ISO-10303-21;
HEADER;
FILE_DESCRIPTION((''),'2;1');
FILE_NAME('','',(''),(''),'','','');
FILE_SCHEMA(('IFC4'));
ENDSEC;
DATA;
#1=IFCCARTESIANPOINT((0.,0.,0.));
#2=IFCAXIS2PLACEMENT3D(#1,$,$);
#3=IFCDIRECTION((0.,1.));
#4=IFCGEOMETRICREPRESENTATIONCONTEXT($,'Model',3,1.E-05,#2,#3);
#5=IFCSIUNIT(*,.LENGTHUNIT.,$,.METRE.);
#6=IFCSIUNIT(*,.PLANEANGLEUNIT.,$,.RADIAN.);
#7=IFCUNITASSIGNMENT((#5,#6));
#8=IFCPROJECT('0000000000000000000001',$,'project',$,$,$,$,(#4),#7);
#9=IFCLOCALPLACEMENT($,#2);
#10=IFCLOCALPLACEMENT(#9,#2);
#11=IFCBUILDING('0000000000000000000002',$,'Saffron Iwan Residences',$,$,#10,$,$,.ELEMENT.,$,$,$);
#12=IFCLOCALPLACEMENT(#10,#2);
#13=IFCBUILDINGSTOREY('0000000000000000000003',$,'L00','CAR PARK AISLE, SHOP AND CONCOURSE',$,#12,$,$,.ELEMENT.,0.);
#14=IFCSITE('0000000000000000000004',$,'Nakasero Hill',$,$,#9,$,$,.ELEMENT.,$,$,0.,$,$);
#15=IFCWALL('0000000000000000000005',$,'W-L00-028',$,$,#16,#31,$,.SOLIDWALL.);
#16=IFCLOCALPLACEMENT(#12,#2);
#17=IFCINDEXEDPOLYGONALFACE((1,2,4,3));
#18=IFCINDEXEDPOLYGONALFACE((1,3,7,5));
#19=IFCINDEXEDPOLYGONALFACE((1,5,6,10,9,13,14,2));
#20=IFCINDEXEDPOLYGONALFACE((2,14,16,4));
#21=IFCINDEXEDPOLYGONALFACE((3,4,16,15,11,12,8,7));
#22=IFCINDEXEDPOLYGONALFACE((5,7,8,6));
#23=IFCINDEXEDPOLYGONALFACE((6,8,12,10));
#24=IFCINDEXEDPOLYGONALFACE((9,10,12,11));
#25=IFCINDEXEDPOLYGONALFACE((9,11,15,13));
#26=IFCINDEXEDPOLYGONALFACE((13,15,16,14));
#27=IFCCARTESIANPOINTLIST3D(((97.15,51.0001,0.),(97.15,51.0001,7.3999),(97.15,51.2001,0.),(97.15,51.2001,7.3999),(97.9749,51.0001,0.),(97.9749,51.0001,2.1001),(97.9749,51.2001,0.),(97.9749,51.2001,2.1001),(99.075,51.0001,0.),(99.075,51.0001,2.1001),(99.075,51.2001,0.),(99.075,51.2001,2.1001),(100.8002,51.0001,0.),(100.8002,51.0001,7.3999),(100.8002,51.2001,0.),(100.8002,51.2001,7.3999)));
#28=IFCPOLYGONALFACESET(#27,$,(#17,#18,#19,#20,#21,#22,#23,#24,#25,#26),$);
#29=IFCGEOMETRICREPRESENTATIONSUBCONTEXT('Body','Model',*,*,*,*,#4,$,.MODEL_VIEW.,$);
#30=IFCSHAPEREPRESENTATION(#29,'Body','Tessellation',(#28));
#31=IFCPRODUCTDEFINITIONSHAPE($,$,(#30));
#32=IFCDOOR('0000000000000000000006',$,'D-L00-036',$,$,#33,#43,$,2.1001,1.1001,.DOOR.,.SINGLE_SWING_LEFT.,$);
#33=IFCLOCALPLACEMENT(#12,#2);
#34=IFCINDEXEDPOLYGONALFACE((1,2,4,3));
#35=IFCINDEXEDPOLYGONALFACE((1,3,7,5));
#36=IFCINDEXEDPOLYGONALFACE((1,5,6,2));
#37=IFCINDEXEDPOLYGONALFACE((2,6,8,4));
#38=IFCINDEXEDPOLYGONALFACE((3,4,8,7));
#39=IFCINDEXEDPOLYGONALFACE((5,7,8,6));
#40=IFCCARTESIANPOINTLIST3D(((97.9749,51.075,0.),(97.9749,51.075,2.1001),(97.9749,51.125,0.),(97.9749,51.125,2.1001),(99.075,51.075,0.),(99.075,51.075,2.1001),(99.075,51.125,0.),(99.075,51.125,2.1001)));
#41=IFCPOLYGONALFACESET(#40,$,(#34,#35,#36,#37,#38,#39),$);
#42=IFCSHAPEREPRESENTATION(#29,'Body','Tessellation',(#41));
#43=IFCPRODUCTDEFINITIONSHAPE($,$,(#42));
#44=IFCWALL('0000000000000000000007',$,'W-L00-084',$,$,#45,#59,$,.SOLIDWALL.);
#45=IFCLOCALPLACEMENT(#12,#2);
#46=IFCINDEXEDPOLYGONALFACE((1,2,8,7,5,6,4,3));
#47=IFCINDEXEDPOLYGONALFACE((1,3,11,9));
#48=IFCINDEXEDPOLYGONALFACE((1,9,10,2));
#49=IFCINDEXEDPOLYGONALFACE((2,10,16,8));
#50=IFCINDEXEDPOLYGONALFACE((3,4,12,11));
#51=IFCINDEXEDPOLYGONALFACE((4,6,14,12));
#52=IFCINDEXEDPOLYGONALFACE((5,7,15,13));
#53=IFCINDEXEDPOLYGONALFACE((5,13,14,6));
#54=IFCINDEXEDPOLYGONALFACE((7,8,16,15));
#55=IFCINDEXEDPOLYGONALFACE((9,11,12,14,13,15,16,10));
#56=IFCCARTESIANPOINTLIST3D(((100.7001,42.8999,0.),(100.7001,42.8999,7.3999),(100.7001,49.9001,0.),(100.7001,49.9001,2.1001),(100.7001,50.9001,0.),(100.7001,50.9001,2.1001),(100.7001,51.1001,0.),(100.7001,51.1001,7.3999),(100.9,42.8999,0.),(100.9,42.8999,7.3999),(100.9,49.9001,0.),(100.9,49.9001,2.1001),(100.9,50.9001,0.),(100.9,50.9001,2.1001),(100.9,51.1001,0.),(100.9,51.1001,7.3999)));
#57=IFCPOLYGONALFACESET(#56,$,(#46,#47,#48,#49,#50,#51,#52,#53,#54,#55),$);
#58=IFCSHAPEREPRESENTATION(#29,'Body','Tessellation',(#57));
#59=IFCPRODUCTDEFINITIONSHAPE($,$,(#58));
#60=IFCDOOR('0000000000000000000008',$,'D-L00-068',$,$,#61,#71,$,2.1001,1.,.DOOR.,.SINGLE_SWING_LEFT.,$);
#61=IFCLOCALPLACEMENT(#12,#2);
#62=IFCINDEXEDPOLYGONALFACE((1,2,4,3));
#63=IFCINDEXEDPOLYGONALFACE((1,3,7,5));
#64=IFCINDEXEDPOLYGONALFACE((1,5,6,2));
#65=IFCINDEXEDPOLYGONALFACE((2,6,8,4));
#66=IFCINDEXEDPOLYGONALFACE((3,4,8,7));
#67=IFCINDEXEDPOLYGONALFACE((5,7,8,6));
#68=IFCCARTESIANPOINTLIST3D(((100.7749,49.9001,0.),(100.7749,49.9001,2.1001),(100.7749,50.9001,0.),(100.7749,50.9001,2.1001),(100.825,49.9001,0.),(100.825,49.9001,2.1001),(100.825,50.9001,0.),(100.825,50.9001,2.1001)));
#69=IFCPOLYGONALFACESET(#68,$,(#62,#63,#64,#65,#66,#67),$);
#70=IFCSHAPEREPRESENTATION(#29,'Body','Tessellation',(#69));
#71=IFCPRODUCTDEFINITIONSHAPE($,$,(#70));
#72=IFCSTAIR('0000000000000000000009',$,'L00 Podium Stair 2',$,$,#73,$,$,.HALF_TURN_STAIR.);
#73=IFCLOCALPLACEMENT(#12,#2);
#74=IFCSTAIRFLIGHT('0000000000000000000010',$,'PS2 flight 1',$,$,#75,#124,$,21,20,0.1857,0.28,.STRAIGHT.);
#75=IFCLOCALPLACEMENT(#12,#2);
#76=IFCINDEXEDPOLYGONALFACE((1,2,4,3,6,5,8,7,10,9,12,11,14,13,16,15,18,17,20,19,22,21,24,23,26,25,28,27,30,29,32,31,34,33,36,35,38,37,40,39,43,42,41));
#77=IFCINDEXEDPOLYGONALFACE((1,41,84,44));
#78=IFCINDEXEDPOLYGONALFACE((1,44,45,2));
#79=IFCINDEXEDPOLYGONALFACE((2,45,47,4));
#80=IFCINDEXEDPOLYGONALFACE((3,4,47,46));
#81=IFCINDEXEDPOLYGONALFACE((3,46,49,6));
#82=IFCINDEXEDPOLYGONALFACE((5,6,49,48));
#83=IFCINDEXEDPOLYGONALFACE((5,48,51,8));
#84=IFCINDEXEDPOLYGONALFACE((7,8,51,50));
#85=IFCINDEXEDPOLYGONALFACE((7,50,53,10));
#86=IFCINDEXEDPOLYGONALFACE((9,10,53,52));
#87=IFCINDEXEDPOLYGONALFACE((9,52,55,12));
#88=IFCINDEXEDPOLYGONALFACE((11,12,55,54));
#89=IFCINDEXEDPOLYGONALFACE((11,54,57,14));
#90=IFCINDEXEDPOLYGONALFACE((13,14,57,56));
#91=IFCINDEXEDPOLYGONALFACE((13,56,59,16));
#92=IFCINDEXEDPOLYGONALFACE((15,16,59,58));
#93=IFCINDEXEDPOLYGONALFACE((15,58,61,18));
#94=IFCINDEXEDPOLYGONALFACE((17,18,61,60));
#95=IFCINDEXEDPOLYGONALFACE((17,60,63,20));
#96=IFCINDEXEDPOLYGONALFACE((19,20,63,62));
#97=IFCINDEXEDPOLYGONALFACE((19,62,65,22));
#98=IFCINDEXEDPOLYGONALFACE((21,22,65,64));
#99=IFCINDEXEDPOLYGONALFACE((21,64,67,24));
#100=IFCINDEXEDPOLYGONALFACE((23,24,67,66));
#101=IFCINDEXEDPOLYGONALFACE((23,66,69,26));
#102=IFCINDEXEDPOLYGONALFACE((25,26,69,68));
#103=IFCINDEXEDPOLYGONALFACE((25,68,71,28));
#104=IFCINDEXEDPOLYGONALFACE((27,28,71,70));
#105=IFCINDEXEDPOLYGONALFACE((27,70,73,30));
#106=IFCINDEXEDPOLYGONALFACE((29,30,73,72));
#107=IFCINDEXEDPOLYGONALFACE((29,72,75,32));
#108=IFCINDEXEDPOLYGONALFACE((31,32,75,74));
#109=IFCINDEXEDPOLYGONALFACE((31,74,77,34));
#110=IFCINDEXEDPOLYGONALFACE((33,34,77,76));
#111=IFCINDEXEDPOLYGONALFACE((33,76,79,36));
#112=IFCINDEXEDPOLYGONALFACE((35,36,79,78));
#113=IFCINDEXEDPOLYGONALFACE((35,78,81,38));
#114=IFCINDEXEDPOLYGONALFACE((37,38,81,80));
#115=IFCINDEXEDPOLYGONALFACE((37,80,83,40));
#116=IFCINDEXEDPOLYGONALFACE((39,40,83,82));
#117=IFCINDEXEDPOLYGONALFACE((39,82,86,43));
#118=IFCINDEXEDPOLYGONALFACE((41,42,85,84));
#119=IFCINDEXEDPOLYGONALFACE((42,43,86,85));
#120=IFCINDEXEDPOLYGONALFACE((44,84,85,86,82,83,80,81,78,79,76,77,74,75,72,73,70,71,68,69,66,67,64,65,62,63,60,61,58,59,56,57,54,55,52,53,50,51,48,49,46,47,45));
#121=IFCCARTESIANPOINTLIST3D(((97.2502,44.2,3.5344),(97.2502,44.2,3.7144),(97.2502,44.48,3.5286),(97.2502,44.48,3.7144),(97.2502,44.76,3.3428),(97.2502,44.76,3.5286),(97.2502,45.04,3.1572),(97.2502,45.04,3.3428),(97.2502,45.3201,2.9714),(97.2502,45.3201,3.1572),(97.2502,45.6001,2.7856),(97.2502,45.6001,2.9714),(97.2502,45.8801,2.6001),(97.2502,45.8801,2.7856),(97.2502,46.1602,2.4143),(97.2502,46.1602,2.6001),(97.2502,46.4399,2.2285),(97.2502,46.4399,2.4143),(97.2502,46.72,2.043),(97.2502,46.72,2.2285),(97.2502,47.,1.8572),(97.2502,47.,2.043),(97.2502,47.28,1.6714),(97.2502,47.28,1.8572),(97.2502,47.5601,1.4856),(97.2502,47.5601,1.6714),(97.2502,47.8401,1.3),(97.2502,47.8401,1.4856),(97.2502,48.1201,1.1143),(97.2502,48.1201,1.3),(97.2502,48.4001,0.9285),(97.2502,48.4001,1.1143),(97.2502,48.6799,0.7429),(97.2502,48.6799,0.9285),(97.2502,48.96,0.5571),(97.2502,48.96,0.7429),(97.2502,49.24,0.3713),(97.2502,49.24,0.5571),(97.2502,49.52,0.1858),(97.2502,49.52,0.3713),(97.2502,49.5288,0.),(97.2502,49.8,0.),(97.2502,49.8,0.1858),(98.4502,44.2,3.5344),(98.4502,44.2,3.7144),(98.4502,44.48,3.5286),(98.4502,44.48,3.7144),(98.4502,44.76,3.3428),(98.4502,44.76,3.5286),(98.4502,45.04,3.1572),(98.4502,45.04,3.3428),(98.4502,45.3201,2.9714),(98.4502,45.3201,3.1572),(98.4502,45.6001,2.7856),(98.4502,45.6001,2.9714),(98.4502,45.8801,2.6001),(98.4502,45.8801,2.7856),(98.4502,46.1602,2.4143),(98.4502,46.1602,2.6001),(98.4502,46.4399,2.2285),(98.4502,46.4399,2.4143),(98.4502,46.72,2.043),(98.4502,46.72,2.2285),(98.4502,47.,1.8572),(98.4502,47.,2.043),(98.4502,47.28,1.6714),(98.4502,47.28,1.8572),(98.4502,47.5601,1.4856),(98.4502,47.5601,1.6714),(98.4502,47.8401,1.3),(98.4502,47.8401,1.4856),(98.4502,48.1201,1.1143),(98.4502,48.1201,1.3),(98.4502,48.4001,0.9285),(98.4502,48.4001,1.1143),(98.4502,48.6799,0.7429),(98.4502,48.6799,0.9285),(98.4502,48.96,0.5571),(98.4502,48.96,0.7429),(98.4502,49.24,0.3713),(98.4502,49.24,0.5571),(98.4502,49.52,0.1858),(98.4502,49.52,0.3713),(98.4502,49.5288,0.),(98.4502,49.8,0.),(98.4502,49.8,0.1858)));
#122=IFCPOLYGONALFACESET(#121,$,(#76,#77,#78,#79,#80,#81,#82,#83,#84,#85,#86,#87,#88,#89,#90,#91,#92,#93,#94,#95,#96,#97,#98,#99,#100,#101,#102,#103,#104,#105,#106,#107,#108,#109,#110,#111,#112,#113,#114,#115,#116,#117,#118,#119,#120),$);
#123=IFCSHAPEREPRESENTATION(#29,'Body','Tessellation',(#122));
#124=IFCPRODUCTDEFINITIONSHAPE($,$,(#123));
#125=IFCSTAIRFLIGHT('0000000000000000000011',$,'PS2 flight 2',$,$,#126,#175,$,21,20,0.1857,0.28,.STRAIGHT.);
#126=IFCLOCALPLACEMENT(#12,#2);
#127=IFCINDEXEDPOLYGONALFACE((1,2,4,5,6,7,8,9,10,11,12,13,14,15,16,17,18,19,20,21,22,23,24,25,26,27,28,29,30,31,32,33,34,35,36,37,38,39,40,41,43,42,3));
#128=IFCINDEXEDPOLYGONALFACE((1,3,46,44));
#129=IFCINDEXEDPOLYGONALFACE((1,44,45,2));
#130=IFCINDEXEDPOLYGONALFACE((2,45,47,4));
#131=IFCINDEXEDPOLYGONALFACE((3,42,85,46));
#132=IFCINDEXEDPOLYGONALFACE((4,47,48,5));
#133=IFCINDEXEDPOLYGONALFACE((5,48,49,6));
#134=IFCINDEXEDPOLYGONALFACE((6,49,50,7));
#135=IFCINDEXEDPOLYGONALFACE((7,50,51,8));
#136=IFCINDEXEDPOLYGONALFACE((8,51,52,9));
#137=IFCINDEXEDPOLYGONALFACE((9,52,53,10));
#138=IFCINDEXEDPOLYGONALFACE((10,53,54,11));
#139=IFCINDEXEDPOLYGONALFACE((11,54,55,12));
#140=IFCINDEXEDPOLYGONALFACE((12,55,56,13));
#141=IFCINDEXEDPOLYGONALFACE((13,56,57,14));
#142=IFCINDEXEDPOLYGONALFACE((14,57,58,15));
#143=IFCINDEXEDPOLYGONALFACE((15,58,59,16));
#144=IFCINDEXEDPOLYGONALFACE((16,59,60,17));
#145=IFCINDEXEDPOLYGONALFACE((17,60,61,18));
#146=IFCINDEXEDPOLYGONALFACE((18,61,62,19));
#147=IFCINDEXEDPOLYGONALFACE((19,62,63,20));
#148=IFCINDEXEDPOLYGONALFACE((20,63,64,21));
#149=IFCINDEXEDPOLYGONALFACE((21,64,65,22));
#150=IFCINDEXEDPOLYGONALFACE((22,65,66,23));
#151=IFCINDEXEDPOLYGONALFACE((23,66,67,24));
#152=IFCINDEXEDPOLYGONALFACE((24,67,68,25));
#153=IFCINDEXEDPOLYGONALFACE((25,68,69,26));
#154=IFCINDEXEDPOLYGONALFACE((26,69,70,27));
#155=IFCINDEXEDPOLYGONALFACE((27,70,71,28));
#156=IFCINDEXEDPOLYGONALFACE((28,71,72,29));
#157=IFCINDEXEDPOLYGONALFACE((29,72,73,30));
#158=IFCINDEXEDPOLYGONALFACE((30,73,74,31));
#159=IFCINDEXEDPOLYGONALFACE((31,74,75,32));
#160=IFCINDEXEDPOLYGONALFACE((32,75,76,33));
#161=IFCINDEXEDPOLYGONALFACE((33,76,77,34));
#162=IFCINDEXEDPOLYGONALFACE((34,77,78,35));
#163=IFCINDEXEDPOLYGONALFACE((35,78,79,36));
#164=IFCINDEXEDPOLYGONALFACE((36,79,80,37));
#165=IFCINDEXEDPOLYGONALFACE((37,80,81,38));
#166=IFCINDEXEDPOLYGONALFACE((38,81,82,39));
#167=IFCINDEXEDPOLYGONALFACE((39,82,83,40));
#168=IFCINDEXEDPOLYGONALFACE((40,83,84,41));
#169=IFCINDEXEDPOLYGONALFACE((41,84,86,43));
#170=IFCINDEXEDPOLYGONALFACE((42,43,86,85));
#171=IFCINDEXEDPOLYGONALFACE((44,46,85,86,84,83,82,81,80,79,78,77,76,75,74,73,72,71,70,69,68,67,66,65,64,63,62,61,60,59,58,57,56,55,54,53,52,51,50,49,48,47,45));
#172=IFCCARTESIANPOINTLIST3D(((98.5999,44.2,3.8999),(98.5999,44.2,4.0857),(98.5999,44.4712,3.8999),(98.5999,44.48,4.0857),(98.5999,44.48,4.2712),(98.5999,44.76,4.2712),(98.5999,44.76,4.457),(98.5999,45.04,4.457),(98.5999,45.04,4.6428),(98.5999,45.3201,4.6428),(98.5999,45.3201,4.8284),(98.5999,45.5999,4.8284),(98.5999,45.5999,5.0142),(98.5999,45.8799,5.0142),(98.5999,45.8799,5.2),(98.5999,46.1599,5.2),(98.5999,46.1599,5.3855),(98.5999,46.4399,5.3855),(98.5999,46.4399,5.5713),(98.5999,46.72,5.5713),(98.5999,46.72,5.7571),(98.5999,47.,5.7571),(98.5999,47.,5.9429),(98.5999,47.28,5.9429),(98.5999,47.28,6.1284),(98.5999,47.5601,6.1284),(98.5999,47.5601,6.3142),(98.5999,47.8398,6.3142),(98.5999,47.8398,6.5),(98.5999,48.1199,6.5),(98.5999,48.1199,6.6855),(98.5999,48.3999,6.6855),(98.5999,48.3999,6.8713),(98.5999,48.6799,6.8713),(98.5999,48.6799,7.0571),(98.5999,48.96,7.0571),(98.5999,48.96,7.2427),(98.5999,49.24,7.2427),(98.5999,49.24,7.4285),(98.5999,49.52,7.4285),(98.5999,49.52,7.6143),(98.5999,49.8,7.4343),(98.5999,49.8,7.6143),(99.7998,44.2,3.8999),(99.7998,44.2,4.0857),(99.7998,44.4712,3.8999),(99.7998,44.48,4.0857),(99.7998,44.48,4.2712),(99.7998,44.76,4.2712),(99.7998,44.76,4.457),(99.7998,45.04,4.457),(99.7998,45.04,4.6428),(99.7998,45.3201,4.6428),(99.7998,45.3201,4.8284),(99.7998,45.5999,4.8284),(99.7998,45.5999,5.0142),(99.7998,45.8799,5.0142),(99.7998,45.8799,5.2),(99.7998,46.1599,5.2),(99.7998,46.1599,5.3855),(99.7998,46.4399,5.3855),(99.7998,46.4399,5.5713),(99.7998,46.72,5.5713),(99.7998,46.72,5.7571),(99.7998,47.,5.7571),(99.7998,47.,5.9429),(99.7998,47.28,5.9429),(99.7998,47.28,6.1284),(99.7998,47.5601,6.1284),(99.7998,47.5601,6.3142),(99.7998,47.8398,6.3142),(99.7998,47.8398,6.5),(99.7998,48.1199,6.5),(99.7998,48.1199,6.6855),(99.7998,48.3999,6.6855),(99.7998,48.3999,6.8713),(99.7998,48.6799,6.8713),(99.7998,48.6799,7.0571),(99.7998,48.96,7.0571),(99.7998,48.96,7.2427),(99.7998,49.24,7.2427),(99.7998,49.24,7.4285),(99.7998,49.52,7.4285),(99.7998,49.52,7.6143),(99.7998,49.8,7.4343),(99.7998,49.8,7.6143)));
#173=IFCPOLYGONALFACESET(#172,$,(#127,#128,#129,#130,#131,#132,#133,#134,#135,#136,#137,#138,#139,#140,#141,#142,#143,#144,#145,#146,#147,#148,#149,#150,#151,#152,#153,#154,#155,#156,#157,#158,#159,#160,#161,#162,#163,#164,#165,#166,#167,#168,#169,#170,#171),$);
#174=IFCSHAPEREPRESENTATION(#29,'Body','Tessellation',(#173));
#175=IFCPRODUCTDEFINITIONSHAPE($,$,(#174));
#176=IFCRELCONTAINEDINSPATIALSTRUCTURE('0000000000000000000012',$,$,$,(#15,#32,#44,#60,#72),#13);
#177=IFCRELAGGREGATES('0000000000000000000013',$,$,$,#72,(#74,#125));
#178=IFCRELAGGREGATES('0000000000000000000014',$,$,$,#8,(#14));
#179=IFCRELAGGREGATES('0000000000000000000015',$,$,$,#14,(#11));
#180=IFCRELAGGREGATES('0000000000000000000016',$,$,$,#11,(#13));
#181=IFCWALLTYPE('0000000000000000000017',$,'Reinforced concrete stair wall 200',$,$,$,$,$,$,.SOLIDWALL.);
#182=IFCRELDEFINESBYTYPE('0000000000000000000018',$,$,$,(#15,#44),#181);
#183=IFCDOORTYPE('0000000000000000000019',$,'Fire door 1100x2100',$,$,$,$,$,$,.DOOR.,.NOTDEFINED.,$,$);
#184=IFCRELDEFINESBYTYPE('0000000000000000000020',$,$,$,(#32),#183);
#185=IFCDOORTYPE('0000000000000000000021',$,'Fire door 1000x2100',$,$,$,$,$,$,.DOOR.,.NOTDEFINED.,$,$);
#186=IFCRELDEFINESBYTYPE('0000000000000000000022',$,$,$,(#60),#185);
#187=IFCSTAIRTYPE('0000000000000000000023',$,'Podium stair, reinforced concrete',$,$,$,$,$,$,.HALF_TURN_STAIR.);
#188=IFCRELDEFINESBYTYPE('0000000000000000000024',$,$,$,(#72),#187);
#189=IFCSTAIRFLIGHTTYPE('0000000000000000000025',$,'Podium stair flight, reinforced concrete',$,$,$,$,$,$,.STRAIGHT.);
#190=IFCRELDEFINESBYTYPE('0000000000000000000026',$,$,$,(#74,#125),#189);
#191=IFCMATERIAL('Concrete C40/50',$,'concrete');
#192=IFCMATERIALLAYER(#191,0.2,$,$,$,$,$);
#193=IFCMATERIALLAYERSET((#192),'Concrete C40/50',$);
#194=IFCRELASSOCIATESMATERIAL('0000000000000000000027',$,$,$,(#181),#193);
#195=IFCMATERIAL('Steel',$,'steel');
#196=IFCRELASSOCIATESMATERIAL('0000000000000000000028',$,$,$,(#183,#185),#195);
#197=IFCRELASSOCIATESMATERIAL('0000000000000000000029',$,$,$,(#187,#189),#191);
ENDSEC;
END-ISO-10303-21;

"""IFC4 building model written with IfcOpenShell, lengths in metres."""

from ifc_helpers import new_model, si_unit, direction, frame, frame_2d, origin, place, context, subcontext, project, spatial, polyline, rectangle, outline, extrude, material, layer, layer_set, type_object, element, fill, aggregate, save


model = new_model("IFC4")

# Units and contexts
model_context = context("Model", 3, precision=1e-05, world=origin(), true_north=direction((0.0, 1.0)))
body_context = subcontext(model_context, "Body", "Model", "MODEL_VIEW")
ifc_project = project(units=[si_unit("LENGTHUNIT", "METRE"), si_unit("PLANEANGLEUNIT", "RADIAN")], contexts=[model_context])

# Site, building, storey
site_placement = place(None, origin())
site = spatial("IfcSite", under=ifc_project, at=site_placement, Name="Nakasero Hill", CompositionType="ELEMENT", RefElevation=0.0)
building_placement = place(site_placement, origin())
building = spatial("IfcBuilding", under=site, at=building_placement, Name="Saffron Iwan Residences", CompositionType="ELEMENT")
storey_placement = place(building_placement, origin())
storey = spatial("IfcBuildingStorey", under=building, at=storey_placement, Name="L00", Description="CAR PARK AISLE, SHOP AND CONCOURSE", CompositionType="ELEMENT", Elevation=0.0)

# Shared definitions
ifc_material_1 = material(Name="Concrete C40/50", Category="concrete")

# Shared definitions
ifc_material_2 = material(Name="Steel", Category="steel")

# Walls, openings, doors
ifc_layer_1 = layer(ifc_material_1, 0.2)
ifc_layer_set_1 = layer_set([ifc_layer_1], Name="Concrete C40/50")
wall_type_1 = type_object("IfcWallType", Name="Reinforced concrete stair wall 200", PredefinedType="SOLIDWALL", material=ifc_layer_set_1)
wall_1_placement = place(storey_placement, frame((97.1499, 51.1001, 0.0), z_axis=(0.0, 0.0, 1.0), x_axis=(1.0, 0.0, 0.0)))
wall_1 = element("IfcWall", 1, at=wall_1_placement, inside=storey, type_object=wall_type_1, Name="W-L00-028", PredefinedType="SOLIDWALL", context=body_context, shape_type="SweptSolid", body=[
    extrude(rectangle(XDim=3.6501, YDim=0.2, at=frame_2d((1.8252, 0.0))), origin(), (0.0, 0.0, 1.0), 7.3999),
])
opening_1_placement = place(wall_1_placement, frame((0.825, 0.0, 0.0)))
opening_1 = element("IfcOpeningElement", 2, at=opening_1_placement, cuts=wall_1, PredefinedType="OPENING", context=body_context, shape_type="SweptSolid", body=[
    extrude(rectangle(XDim=1.1001, YDim=2.1001, at=frame_2d((0.55, 1.05))), frame((0.0, 0.1099, 0.0), z_axis=(0.0, -1.0, 0.0), x_axis=(1.0, 0.0, 0.0)), (0.0, 0.0, 1.0), 0.22),
])
door_type_1 = type_object("IfcDoorType", Name="Fire door 1100x2100", OperationType="NOTDEFINED", PredefinedType="DOOR", material=ifc_material_2)
door_1_placement = place(opening_1_placement, origin())
door_1 = element("IfcDoor", 3, at=door_1_placement, inside=storey, type_object=door_type_1, Name="D-L00-036", OperationType="SINGLE_SWING_LEFT", OverallHeight=2.1001, OverallWidth=1.1001, PredefinedType="DOOR", context=body_context, shape_type="SweptSolid", body=[
    extrude(rectangle(XDim=1.1001, YDim=2.1001, at=frame_2d((0.55, 1.05))), frame((0.0, 0.0249, 0.0), z_axis=(0.0, -1.0, 0.0), x_axis=(1.0, 0.0, 0.0)), (0.0, 0.0, 1.0), 0.05),
])
fill(opening_1, door_1)
wall_2_placement = place(storey_placement, frame((100.8, 51.1001, 0.0), z_axis=(0.0, 0.0, 1.0), x_axis=(0.0, -1.0, 0.0)))
wall_2 = element("IfcWall", 4, at=wall_2_placement, inside=storey, type_object=wall_type_1, Name="W-L00-084", PredefinedType="SOLIDWALL", context=body_context, shape_type="SweptSolid", body=[
    extrude(rectangle(XDim=8.2002, YDim=0.2, at=frame_2d((4.1001, 0.0))), origin(), (0.0, 0.0, 1.0), 7.3999),
])
opening_2_placement = place(wall_2_placement, frame((0.2, 0.0, 0.0)))
opening_2 = element("IfcOpeningElement", 5, at=opening_2_placement, cuts=wall_2, PredefinedType="OPENING", context=body_context, shape_type="SweptSolid", body=[
    extrude(rectangle(XDim=1.0, YDim=2.1001, at=frame_2d((0.5, 1.05))), frame((0.0, 0.1099, 0.0), z_axis=(0.0, -1.0, 0.0), x_axis=(1.0, 0.0, 0.0)), (0.0, 0.0, 1.0), 0.22),
])
door_type_2 = type_object("IfcDoorType", Name="Fire door 1000x2100", OperationType="NOTDEFINED", PredefinedType="DOOR", material=ifc_material_2)
door_2_placement = place(opening_2_placement, origin())
door_2 = element("IfcDoor", 6, at=door_2_placement, inside=storey, type_object=door_type_2, Name="D-L00-068", OperationType="SINGLE_SWING_LEFT", OverallHeight=2.1001, OverallWidth=1.0, PredefinedType="DOOR", context=body_context, shape_type="SweptSolid", body=[
    extrude(rectangle(XDim=1.0, YDim=2.1001, at=frame_2d((0.5, 1.05))), frame((0.0, 0.0249, 0.0), z_axis=(0.0, -1.0, 0.0), x_axis=(1.0, 0.0, 0.0)), (0.0, 0.0, 1.0), 0.05),
])
fill(opening_2, door_2)

# Stair, stair flights
stair_type = type_object("IfcStairType", Name="Podium stair, reinforced concrete", PredefinedType="HALF_TURN_STAIR", material=ifc_material_1)
stair_placement = place(storey_placement, origin())
stair = element("IfcStair", 7, at=stair_placement, inside=storey, type_object=stair_type, Name="L00 Podium Stair 2", PredefinedType="HALF_TURN_STAIR")
stair_flight_type = type_object("IfcStairFlightType", Name="Podium stair flight, reinforced concrete", PredefinedType="STRAIGHT", material=ifc_material_1)
stair_flight_1_placement = place(storey_placement, frame((97.8501, 49.8, 0.0), z_axis=(0.0, 0.0, 1.0), x_axis=(0.0, -1.0, 0.0)))
stair_flight_1 = element("IfcStairFlight", 8, at=stair_flight_1_placement, type_object=stair_flight_type, Name="PS2 flight 1", NumberOfRisers=21, NumberOfTreads=20, PredefinedType="STRAIGHT", RiserHeight=0.1857, TreadLength=0.28, context=body_context, shape_type="SweptSolid", body=[
    extrude(outline(polyline([(0.0, 0.0), (0.0, 0.1858), (0.28, 0.1858), (0.28, 0.3713), (0.5601, 0.3713), (0.5601, 0.5571), (0.8401, 0.5571), (0.8401, 0.7429), (1.1201, 0.7429), (1.1201, 0.9285), (1.3999, 0.9285), (1.3999, 1.1143), (1.6799, 1.1143), (1.6799, 1.3), (1.96, 1.3), (1.96, 1.4856), (2.24, 1.4856), (2.24, 1.6714), (2.52, 1.6714), (2.52, 1.8572), (2.8, 1.8572), (2.8, 2.043), (3.0801, 2.043), (3.0801, 2.2285), (3.3601, 2.2285), (3.3601, 2.4143), (3.6399, 2.4143), (3.6399, 2.6001), (3.9199, 2.6001), (3.9199, 2.7856), (4.2, 2.7856), (4.2, 2.9714), (4.48, 2.9714), (4.48, 3.1572), (4.76, 3.1572), (4.76, 3.3428), (5.04, 3.3428), (5.04, 3.5286), (5.3201, 3.5286), (5.3201, 3.7144), (5.6001, 3.7144), (5.6001, 3.8999), (5.6001, 3.5344), (0.2712, 0.0), (0.0, 0.0)])), frame((0.0, 0.6001, 0.0), z_axis=(0.0, -1.0, 0.0), x_axis=(1.0, 0.0, 0.0)), (0.0, 0.0, 1.0), 1.2),
])
stair_flight_2_placement = place(storey_placement, frame((99.2, 44.2, 3.8999), z_axis=(0.0, 0.0, 1.0), x_axis=(0.0, 1.0, 0.0)))
stair_flight_2 = element("IfcStairFlight", 9, at=stair_flight_2_placement, type_object=stair_flight_type, Name="PS2 flight 2", NumberOfRisers=21, NumberOfTreads=20, PredefinedType="STRAIGHT", RiserHeight=0.1857, TreadLength=0.28, context=body_context, shape_type="SweptSolid", body=[
    extrude(outline(polyline([(0.0, 0.0), (0.0, 0.1858), (0.28, 0.1858), (0.28, 0.3713), (0.5601, 0.3713), (0.5601, 0.5571), (0.8401, 0.5571), (0.8401, 0.7429), (1.1201, 0.7429), (1.1201, 0.9285), (1.3999, 0.9285), (1.3999, 1.1143), (1.6799, 1.1143), (1.6799, 1.3), (1.96, 1.3), (1.96, 1.4856), (2.24, 1.4856), (2.24, 1.6714), (2.52, 1.6714), (2.52, 1.8572), (2.8, 1.8572), (2.8, 2.043), (3.0801, 2.043), (3.0801, 2.2285), (3.3601, 2.2285), (3.3601, 2.4143), (3.6399, 2.4143), (3.6399, 2.6001), (3.9199, 2.6001), (3.9199, 2.7856), (4.2, 2.7856), (4.2, 2.9714), (4.48, 2.9714), (4.48, 3.1572), (4.76, 3.1572), (4.76, 3.3428), (5.04, 3.3428), (5.04, 3.5286), (5.3201, 3.5286), (5.3201, 3.7144), (5.6001, 3.7144), (5.6001, 3.8999), (5.6001, 3.5344), (0.2712, 0.0), (0.0, 0.0)])), frame((0.0, 0.6001, 0.0), z_axis=(0.0, -1.0, 0.0), x_axis=(1.0, 0.0, 0.0)), (0.0, 0.0, 1.0), 1.2),
])
aggregate(stair, [stair_flight_1, stair_flight_2])

save(model, "model.ifc")
